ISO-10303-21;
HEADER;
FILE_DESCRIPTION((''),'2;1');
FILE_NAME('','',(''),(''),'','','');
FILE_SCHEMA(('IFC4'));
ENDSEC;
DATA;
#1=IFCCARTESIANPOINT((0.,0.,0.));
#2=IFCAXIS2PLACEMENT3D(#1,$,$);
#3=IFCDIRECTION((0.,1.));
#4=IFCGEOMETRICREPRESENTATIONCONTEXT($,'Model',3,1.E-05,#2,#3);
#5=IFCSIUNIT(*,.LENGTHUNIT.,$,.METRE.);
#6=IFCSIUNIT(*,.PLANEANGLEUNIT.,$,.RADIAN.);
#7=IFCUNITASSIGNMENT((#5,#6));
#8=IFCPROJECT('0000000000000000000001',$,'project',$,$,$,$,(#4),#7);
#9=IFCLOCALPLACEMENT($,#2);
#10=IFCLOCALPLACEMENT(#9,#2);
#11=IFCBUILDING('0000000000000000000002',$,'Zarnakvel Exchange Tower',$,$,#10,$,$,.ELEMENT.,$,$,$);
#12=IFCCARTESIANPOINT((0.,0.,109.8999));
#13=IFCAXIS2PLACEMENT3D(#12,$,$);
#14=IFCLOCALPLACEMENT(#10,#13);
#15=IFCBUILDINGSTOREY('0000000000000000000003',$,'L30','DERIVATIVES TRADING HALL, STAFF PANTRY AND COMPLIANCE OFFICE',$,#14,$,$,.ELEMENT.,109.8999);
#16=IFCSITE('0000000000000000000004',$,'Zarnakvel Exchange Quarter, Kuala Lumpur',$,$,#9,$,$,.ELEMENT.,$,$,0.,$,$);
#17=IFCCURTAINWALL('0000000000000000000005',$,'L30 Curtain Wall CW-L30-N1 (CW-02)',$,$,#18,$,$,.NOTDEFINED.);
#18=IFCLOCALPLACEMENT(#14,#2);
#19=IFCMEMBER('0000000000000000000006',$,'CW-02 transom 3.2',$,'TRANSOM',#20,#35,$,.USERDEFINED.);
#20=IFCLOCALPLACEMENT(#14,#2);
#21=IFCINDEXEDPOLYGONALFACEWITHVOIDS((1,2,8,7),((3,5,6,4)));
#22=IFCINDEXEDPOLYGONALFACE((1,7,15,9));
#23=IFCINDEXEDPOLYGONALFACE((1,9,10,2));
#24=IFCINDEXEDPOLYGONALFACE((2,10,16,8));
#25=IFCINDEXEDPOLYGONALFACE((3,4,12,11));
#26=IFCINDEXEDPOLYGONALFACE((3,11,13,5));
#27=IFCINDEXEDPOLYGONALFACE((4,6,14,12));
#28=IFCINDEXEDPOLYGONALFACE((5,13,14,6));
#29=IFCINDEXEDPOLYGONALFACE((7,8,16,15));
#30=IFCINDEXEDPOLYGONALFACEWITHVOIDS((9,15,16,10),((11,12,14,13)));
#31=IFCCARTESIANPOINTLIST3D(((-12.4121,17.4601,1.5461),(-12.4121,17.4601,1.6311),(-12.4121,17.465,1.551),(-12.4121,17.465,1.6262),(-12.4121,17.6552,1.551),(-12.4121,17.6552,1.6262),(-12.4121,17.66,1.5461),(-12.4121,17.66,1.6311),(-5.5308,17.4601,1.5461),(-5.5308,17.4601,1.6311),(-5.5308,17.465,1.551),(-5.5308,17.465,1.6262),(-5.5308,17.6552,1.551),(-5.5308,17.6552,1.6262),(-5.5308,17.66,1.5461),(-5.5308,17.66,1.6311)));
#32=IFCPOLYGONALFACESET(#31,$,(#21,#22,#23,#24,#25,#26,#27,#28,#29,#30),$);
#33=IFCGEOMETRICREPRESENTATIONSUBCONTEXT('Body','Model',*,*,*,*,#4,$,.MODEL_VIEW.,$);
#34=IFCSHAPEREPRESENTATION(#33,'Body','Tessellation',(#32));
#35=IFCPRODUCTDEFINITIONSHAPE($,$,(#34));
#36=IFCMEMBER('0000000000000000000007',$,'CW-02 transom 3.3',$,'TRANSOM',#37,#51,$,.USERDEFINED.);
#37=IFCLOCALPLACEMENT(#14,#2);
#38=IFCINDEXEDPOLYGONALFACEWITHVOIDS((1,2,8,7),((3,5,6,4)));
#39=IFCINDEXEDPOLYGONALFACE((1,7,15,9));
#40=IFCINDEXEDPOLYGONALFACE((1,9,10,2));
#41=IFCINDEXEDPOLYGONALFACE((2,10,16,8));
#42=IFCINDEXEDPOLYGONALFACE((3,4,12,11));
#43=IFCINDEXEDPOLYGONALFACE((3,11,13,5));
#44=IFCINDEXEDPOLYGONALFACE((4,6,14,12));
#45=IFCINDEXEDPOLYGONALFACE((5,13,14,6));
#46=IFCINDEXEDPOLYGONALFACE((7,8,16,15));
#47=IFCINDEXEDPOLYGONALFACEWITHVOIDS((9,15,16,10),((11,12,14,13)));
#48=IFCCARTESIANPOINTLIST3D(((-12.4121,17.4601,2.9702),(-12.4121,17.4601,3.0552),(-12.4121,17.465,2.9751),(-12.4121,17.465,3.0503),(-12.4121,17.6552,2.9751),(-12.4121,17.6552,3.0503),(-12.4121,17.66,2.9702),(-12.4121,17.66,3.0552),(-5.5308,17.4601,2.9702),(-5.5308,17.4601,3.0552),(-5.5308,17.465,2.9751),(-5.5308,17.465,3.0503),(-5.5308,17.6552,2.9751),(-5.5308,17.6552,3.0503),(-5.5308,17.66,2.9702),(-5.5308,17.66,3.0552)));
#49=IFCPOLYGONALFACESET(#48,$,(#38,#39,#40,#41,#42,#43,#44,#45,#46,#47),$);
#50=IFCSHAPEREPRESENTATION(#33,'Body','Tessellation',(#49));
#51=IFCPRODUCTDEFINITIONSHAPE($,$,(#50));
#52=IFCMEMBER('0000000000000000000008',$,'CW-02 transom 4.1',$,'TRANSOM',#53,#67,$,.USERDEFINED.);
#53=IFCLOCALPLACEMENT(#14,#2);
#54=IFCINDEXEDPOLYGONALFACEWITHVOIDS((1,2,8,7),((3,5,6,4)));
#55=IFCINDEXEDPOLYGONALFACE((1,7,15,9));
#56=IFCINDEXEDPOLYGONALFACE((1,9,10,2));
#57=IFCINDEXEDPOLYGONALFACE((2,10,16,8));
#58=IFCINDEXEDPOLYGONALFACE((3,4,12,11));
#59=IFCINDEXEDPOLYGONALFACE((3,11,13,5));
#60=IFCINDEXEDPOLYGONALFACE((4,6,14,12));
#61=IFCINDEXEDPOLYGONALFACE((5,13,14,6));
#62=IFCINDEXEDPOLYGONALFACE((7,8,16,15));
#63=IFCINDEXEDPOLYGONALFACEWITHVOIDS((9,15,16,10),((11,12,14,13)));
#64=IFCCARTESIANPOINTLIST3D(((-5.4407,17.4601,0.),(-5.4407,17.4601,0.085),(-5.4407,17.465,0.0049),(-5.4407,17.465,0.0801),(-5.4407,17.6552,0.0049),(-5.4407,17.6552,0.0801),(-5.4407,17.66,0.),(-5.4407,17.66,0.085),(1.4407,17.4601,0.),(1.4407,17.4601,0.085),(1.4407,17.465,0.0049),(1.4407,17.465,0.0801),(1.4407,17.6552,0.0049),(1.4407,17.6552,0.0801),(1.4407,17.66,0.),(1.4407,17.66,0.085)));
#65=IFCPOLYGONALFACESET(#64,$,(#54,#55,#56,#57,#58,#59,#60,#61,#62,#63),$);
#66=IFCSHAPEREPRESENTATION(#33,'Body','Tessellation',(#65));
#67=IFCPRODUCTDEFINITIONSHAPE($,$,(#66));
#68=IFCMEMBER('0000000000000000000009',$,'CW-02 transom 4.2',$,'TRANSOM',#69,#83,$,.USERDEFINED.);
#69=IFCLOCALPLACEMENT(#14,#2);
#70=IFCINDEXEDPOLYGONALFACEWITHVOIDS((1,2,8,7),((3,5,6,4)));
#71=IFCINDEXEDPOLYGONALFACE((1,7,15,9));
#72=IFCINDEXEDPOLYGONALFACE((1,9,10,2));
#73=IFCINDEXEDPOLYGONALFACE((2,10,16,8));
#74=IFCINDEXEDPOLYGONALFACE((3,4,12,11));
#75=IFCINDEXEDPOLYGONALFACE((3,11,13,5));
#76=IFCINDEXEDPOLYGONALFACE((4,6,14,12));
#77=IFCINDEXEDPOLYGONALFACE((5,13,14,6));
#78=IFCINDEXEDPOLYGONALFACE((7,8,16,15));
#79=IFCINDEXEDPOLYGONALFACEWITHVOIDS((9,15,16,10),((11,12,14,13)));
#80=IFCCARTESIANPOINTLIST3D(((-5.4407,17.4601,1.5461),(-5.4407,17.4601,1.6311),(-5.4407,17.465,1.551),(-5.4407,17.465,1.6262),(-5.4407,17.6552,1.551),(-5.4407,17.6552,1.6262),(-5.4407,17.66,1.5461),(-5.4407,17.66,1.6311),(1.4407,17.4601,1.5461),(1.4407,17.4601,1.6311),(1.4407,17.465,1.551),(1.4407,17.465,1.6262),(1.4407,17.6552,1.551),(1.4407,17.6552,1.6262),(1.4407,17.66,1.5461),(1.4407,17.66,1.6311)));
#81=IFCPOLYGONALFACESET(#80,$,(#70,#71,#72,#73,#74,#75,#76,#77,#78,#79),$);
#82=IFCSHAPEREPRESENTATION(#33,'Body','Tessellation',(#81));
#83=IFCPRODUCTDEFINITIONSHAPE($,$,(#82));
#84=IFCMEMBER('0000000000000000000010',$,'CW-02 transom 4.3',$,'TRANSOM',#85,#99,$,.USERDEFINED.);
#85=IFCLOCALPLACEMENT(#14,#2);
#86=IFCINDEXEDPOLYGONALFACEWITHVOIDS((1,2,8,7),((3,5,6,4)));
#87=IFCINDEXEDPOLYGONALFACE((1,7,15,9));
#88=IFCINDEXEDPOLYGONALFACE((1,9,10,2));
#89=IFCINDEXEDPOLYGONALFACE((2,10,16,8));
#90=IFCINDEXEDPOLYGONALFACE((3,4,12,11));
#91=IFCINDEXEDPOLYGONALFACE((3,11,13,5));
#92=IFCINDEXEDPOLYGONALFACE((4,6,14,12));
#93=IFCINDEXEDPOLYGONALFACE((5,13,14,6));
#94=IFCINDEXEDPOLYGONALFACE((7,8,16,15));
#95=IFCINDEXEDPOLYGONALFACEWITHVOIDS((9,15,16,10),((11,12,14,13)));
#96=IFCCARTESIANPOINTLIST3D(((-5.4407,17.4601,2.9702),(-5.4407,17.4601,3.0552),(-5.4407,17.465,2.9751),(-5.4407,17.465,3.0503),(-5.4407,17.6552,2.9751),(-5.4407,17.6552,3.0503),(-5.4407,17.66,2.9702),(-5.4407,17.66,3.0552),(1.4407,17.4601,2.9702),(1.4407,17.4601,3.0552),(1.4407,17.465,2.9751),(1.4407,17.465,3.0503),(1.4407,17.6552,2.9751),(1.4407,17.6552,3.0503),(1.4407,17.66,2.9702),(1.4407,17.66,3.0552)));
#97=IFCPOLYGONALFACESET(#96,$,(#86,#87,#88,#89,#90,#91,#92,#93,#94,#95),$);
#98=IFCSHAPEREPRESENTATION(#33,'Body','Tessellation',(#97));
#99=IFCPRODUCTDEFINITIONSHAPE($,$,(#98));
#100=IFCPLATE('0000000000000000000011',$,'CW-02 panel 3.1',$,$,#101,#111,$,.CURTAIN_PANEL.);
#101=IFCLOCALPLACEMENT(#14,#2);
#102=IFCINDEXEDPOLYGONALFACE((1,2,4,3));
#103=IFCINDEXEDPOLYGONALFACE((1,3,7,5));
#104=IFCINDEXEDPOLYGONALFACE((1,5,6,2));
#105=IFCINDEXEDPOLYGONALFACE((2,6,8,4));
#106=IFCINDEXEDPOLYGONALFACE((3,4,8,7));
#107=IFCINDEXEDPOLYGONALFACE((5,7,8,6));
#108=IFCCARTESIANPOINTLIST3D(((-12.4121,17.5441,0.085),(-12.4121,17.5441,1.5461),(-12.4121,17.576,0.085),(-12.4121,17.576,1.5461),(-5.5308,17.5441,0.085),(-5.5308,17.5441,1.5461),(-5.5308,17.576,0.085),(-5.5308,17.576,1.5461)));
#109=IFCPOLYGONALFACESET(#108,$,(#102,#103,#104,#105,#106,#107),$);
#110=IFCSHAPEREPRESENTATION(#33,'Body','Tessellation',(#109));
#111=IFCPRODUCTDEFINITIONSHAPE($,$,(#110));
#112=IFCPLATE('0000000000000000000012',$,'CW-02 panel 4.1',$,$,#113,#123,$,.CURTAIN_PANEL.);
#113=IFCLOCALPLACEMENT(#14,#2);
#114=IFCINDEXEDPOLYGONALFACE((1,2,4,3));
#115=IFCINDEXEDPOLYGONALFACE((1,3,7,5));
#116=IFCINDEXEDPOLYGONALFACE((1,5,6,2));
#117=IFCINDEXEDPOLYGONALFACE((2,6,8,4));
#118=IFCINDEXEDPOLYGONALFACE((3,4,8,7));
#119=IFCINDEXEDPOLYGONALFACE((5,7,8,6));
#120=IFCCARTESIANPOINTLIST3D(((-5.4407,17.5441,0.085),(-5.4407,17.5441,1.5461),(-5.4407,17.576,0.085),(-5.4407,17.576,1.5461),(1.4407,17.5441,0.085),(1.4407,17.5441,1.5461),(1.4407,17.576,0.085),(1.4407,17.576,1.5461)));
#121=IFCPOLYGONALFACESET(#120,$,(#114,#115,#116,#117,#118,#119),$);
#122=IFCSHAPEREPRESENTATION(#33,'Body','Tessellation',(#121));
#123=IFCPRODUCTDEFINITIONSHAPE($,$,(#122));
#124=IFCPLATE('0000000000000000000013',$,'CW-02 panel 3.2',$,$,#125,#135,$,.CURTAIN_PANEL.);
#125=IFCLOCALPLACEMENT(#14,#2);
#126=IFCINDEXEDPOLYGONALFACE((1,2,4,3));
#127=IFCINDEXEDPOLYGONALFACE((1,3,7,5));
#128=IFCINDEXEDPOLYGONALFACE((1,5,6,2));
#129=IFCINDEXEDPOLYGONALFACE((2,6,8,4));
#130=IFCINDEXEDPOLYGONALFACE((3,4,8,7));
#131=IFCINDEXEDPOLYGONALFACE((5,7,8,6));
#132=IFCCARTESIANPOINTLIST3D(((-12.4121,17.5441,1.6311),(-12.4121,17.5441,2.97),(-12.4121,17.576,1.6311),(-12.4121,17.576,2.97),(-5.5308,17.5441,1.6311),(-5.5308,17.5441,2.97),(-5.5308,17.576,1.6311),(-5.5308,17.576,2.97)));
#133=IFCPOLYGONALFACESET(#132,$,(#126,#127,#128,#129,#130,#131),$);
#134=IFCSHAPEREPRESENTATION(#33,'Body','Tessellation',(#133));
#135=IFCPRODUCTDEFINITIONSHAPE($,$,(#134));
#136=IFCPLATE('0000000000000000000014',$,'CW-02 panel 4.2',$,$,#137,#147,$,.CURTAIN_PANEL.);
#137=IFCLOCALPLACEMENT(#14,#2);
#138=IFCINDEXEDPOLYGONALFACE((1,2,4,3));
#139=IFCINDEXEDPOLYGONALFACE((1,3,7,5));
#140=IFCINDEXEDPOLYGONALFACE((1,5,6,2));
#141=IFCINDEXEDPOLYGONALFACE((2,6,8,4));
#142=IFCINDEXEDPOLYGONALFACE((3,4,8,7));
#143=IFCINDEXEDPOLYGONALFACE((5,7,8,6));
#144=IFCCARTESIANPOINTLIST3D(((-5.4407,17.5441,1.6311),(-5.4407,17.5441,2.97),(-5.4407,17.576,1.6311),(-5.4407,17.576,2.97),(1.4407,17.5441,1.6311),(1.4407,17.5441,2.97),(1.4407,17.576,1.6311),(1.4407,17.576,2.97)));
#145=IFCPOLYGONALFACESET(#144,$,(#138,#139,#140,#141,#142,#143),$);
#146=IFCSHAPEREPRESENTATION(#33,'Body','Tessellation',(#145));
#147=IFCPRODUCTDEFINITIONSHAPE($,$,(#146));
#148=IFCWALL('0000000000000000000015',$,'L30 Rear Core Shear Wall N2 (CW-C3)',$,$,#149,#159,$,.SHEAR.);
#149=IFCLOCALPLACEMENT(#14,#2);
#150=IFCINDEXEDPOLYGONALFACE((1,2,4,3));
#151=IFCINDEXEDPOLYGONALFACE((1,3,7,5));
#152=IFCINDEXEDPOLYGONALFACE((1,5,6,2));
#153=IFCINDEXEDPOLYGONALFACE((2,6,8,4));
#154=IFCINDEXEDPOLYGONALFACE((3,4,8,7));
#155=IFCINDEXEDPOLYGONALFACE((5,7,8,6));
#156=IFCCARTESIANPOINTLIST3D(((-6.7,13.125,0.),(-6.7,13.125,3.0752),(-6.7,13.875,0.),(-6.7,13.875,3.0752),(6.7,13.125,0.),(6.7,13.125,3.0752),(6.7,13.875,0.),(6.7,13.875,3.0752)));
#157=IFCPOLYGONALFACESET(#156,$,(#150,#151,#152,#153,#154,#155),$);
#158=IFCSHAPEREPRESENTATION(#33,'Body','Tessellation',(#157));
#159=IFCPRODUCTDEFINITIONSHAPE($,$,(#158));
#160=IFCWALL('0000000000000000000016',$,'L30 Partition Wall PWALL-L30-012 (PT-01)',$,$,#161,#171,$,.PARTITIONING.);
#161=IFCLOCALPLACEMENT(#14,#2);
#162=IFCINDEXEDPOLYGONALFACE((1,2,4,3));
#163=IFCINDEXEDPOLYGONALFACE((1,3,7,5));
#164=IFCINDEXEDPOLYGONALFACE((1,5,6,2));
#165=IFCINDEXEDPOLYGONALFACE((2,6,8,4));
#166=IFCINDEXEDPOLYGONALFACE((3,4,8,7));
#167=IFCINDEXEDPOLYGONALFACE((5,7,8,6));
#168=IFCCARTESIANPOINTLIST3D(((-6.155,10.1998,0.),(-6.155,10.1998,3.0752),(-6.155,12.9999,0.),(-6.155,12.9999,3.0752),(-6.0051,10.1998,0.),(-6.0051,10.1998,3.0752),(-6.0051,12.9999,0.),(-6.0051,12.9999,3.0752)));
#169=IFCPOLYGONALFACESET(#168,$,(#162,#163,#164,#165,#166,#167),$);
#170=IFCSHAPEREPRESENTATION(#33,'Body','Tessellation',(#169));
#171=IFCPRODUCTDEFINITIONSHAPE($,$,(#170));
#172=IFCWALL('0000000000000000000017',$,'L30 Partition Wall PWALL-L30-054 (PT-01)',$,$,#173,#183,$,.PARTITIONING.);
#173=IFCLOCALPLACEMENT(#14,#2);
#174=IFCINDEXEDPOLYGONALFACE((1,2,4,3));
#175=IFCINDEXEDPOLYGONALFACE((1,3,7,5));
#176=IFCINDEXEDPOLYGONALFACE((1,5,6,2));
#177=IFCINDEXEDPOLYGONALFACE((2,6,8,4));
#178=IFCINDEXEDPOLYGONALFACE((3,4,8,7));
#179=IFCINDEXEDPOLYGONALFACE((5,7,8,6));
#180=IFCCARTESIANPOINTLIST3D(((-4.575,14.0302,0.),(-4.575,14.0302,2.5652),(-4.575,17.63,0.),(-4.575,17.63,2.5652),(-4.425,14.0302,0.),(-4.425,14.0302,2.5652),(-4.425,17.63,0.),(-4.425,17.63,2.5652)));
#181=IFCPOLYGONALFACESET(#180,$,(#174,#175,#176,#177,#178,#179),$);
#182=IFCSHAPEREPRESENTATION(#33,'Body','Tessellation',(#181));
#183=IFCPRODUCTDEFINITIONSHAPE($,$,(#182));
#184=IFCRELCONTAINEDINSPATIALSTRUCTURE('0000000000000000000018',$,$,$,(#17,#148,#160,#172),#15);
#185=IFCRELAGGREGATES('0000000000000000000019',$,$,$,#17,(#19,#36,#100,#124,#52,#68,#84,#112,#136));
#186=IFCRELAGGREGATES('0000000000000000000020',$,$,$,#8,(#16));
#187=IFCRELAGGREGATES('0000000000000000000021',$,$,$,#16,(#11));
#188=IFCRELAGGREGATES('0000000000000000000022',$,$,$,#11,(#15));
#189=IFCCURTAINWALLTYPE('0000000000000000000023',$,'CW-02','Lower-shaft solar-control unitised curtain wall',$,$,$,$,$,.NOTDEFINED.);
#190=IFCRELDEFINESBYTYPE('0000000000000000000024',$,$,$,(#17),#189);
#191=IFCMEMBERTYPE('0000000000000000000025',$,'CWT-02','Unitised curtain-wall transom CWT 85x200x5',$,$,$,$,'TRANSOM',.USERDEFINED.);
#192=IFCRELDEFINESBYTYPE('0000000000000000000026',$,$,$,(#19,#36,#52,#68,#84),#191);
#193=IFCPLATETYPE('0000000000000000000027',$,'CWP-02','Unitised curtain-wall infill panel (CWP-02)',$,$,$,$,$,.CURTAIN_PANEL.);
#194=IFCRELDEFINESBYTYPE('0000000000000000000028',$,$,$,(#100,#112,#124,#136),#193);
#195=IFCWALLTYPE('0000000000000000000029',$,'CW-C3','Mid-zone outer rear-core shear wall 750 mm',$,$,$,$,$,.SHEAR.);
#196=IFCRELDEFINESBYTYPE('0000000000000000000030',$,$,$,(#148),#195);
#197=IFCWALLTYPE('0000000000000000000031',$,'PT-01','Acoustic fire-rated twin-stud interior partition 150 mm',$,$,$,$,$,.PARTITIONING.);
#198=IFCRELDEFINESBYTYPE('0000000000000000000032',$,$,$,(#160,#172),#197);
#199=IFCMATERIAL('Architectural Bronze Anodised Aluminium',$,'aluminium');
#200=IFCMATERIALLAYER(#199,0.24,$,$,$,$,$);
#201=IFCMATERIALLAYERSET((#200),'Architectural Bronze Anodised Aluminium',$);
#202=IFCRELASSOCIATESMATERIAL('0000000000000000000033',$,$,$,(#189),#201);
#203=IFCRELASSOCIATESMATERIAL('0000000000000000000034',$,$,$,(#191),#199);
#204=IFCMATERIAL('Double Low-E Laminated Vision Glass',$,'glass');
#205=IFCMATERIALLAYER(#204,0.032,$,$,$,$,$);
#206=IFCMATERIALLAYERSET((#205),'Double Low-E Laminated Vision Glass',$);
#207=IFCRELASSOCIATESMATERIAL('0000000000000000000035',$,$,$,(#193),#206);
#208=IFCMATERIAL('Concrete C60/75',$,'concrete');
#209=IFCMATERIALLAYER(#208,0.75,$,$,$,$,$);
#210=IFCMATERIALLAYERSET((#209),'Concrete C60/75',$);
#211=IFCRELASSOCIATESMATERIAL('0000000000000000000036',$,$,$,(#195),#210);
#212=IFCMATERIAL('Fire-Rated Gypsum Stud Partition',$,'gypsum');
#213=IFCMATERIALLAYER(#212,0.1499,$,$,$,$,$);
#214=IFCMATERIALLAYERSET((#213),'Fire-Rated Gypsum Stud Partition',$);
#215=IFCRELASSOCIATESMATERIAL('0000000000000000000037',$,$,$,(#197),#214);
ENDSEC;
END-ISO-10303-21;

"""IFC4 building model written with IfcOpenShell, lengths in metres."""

from ifc_helpers import new_model, si_unit, direction, frame, frame_2d, origin, origin_2d, place, context, subcontext, project, spatial, rectangle, hollow_rectangle, extrude, source, transform, mapped, material, layer, layer_set, material_profile, profile_set, type_object, element, aggregate, save


model = new_model("IFC4")

# Units and contexts
model_context = context("Model", 3, precision=1e-05, world=origin(), true_north=direction((0.0, 1.0)))
body_context = subcontext(model_context, "Body", "Model", "MODEL_VIEW")
ifc_project = project(units=[si_unit("LENGTHUNIT", "METRE"), si_unit("PLANEANGLEUNIT", "RADIAN")], contexts=[model_context])

# Site, building, storey
site_placement = place(None, origin())
site = spatial("IfcSite", under=ifc_project, at=site_placement, Name="Zarnakvel Exchange Quarter, Kuala Lumpur", CompositionType="ELEMENT", RefElevation=0.0)
building_placement = place(site_placement, origin())
building = spatial("IfcBuilding", under=site, at=building_placement, Name="Zarnakvel Exchange Tower", CompositionType="ELEMENT")
storey_placement = place(building_placement, frame((0.0, 0.0, 109.8999)))
storey = spatial("IfcBuildingStorey", under=building, at=storey_placement, Name="L30", Description="DERIVATIVES TRADING HALL, STAFF PANTRY AND COMPLIANCE OFFICE", CompositionType="ELEMENT", Elevation=109.8999)

# Shared definitions
ifc_material_1 = material(Name="Concrete C60/75", Category="concrete")

# Curtain wall, members, plates
ifc_material_2 = material(Name="Architectural Bronze Anodised Aluminium", Category="aluminium")
ifc_layer_1 = layer(ifc_material_2, 0.24)
ifc_layer_set_1 = layer_set([ifc_layer_1], Name="Architectural Bronze Anodised Aluminium")
curtain_wall_type = type_object("IfcCurtainWallType", Name="CW-02", Description="Lower-shaft solar-control unitised curtain wall", PredefinedType="NOTDEFINED", material=ifc_layer_set_1)
curtain_wall_placement = place(storey_placement, origin())
curtain_wall = element("IfcCurtainWall", 1, at=curtain_wall_placement, inside=storey, type_object=curtain_wall_type, Name="L30 Curtain Wall CW-L30-N1 (CW-02)", PredefinedType="NOTDEFINED")
ifc_material_profile_1 = material_profile(ifc_material_2, hollow_rectangle(XDim=0.2, YDim=0.085, WallThickness=0.0049, at=origin_2d()))
ifc_profile_set_1 = profile_set([ifc_material_profile_1], Name="Architectural Bronze Anodised Aluminium")
member_type_1 = type_object("IfcMemberType", Name="CWT-02", Description="Unitised curtain-wall transom CWT 85x200x5", ElementType="TRANSOM", PredefinedType="USERDEFINED", material=ifc_profile_set_1)
shared_shape_1 = source(origin(), body_context, "Body", "SweptSolid", [
    extrude(hollow_rectangle(XDim=0.2, YDim=0.085, WallThickness=0.0049, at=origin_2d()), origin(), (0.0, 0.0, 1.0), 6.8813),
])
member_1_placement = place(storey_placement, frame((-12.4121, 17.5601, 1.5886), z_axis=(1.0, 0.0, 0.0), x_axis=(0.0, 1.0, 0.0)))
member_1 = element("IfcMember", 2, at=member_1_placement, type_object=member_type_1, Name="CW-02 transom 3.2", ObjectType="TRANSOM", PredefinedType="USERDEFINED", context=body_context, shape_type="MappedRepresentation", body=[
    mapped(shared_shape_1, transform((0.0, 0.0, 0.0), x_axis=(1.0, 0.0, 0.0), y_axis=(0.0, 1.0, 0.0), z_axis=(0.0, 0.0, 1.0), scale=1.0)),
])
member_2_placement = place(storey_placement, frame((-12.4121, 17.5601, 3.0127), z_axis=(1.0, 0.0, 0.0), x_axis=(0.0, 1.0, 0.0)))
member_2 = element("IfcMember", 3, at=member_2_placement, type_object=member_type_1, Name="CW-02 transom 3.3", ObjectType="TRANSOM", PredefinedType="USERDEFINED", context=body_context, shape_type="MappedRepresentation", body=[
    mapped(shared_shape_1, transform((0.0, 0.0, 0.0), x_axis=(1.0, 0.0, 0.0), y_axis=(0.0, 1.0, 0.0), z_axis=(0.0, 0.0, 1.0), scale=1.0)),
])
member_3_placement = place(storey_placement, frame((-5.4407, 17.5601, 0.0425), z_axis=(1.0, 0.0, 0.0), x_axis=(0.0, 1.0, 0.0)))
member_3 = element("IfcMember", 4, at=member_3_placement, type_object=member_type_1, Name="CW-02 transom 4.1", ObjectType="TRANSOM", PredefinedType="USERDEFINED", context=body_context, shape_type="MappedRepresentation", body=[
    mapped(shared_shape_1, transform((0.0, 0.0, 0.0), x_axis=(1.0, 0.0, 0.0), y_axis=(0.0, 1.0, 0.0), z_axis=(0.0, 0.0, 1.0), scale=1.0)),
])
member_4_placement = place(storey_placement, frame((-5.4407, 17.5601, 1.5886), z_axis=(1.0, 0.0, 0.0), x_axis=(0.0, 1.0, 0.0)))
member_4 = element("IfcMember", 5, at=member_4_placement, type_object=member_type_1, Name="CW-02 transom 4.2", ObjectType="TRANSOM", PredefinedType="USERDEFINED", context=body_context, shape_type="MappedRepresentation", body=[
    mapped(shared_shape_1, transform((0.0, 0.0, 0.0), x_axis=(1.0, 0.0, 0.0), y_axis=(0.0, 1.0, 0.0), z_axis=(0.0, 0.0, 1.0), scale=1.0)),
])
member_5_placement = place(storey_placement, frame((-5.4407, 17.5601, 3.0127), z_axis=(1.0, 0.0, 0.0), x_axis=(0.0, 1.0, 0.0)))
member_5 = element("IfcMember", 6, at=member_5_placement, type_object=member_type_1, Name="CW-02 transom 4.3", ObjectType="TRANSOM", PredefinedType="USERDEFINED", context=body_context, shape_type="MappedRepresentation", body=[
    mapped(shared_shape_1, transform((0.0, 0.0, 0.0), x_axis=(1.0, 0.0, 0.0), y_axis=(0.0, 1.0, 0.0), z_axis=(0.0, 0.0, 1.0), scale=1.0)),
])
ifc_material_3 = material(Name="Double Low-E Laminated Vision Glass", Category="glass")
ifc_layer_2 = layer(ifc_material_3, 0.032)
ifc_layer_set_2 = layer_set([ifc_layer_2], Name="Double Low-E Laminated Vision Glass")
plate_type = type_object("IfcPlateType", Name="CWP-02", Description="Unitised curtain-wall infill panel (CWP-02)", PredefinedType="CURTAIN_PANEL", material=ifc_layer_set_2)
shared_shape_2 = source(origin(), body_context, "Body", "SweptSolid", [
    extrude(rectangle(XDim=6.8813, YDim=0.032, at=origin_2d()), origin(), (0.0, 0.0, 1.0), 1.4612),
])
plate_1_placement = place(storey_placement, frame((-8.9714, 17.5601, 0.085), z_axis=(0.0, 0.0, 1.0), x_axis=(1.0, 0.0, 0.0)))
plate_1 = element("IfcPlate", 7, at=plate_1_placement, type_object=plate_type, Name="CW-02 panel 3.1", PredefinedType="CURTAIN_PANEL", context=body_context, shape_type="MappedRepresentation", body=[
    mapped(shared_shape_2, transform((0.0, 0.0, 0.0), x_axis=(1.0, 0.0, 0.0), y_axis=(0.0, 1.0, 0.0), z_axis=(0.0, 0.0, 1.0), scale=1.0)),
])
plate_2_placement = place(storey_placement, frame((-2.0, 17.5601, 0.085), z_axis=(0.0, 0.0, 1.0), x_axis=(1.0, 0.0, 0.0)))
plate_2 = element("IfcPlate", 8, at=plate_2_placement, type_object=plate_type, Name="CW-02 panel 4.1", PredefinedType="CURTAIN_PANEL", context=body_context, shape_type="MappedRepresentation", body=[
    mapped(shared_shape_2, transform((0.0, 0.0, 0.0), x_axis=(1.0, 0.0, 0.0), y_axis=(0.0, 1.0, 0.0), z_axis=(0.0, 0.0, 1.0), scale=1.0)),
])
shared_shape_3 = source(origin(), body_context, "Body", "SweptSolid", [
    extrude(rectangle(XDim=6.8813, YDim=0.032, at=origin_2d()), origin(), (0.0, 0.0, 1.0), 1.3389),
])
plate_3_placement = place(storey_placement, frame((-8.9714, 17.5601, 1.6311), z_axis=(0.0, 0.0, 1.0), x_axis=(1.0, 0.0, 0.0)))
plate_3 = element("IfcPlate", 9, at=plate_3_placement, type_object=plate_type, Name="CW-02 panel 3.2", PredefinedType="CURTAIN_PANEL", context=body_context, shape_type="MappedRepresentation", body=[
    mapped(shared_shape_3, transform((0.0, 0.0, 0.0), x_axis=(1.0, 0.0, 0.0), y_axis=(0.0, 1.0, 0.0), z_axis=(0.0, 0.0, 1.0), scale=1.0)),
])
plate_4_placement = place(storey_placement, frame((-2.0, 17.5601, 1.6311), z_axis=(0.0, 0.0, 1.0), x_axis=(1.0, 0.0, 0.0)))
plate_4 = element("IfcPlate", 10, at=plate_4_placement, type_object=plate_type, Name="CW-02 panel 4.2", PredefinedType="CURTAIN_PANEL", context=body_context, shape_type="MappedRepresentation", body=[
    mapped(shared_shape_3, transform((0.0, 0.0, 0.0), x_axis=(1.0, 0.0, 0.0), y_axis=(0.0, 1.0, 0.0), z_axis=(0.0, 0.0, 1.0), scale=1.0)),
])
aggregate(curtain_wall, [member_1, member_2, plate_1, plate_3, member_3, member_4, member_5, plate_2, plate_4])

# Walls
ifc_layer_3 = layer(ifc_material_1, 0.75)
ifc_layer_set_3 = layer_set([ifc_layer_3], Name="Concrete C60/75")
wall_type_1 = type_object("IfcWallType", Name="CW-C3", Description="Mid-zone outer rear-core shear wall 750 mm", PredefinedType="SHEAR", material=ifc_layer_set_3)
wall_1_placement = place(storey_placement, frame((-6.7, 13.5, 0.0), z_axis=(0.0, 0.0, 1.0), x_axis=(1.0, 0.0, 0.0)))
element("IfcWall", 11, at=wall_1_placement, inside=storey, type_object=wall_type_1, Name="L30 Rear Core Shear Wall N2 (CW-C3)", PredefinedType="SHEAR", context=body_context, shape_type="SweptSolid", body=[
    extrude(rectangle(XDim=13.3999, YDim=0.75, at=frame_2d((6.7, 0.0))), origin(), (0.0, 0.0, 1.0), 3.0752),
])
ifc_material_4 = material(Name="Fire-Rated Gypsum Stud Partition", Category="gypsum")
ifc_layer_4 = layer(ifc_material_4, 0.1499)
ifc_layer_set_4 = layer_set([ifc_layer_4], Name="Fire-Rated Gypsum Stud Partition")
wall_type_2 = type_object("IfcWallType", Name="PT-01", Description="Acoustic fire-rated twin-stud interior partition 150 mm", PredefinedType="PARTITIONING", material=ifc_layer_set_4)
wall_2_placement = place(storey_placement, frame((-6.0801, 10.2, 0.0), z_axis=(0.0, 0.0, 1.0), x_axis=(0.0, 1.0, 0.0)))
element("IfcWall", 12, at=wall_2_placement, inside=storey, type_object=wall_type_2, Name="L30 Partition Wall PWALL-L30-012 (PT-01)", PredefinedType="PARTITIONING", context=body_context, shape_type="SweptSolid", body=[
    extrude(rectangle(XDim=2.8, YDim=0.1499, at=frame_2d((1.3999, 0.0))), origin(), (0.0, 0.0, 1.0), 3.0752),
])
wall_3_placement = place(storey_placement, frame((-4.5, 17.6299, 0.0), z_axis=(0.0, 0.0, 1.0), x_axis=(0.0, -1.0, 0.0)))
element("IfcWall", 13, at=wall_3_placement, inside=storey, type_object=wall_type_2, Name="L30 Partition Wall PWALL-L30-054 (PT-01)", PredefinedType="PARTITIONING", context=body_context, shape_type="SweptSolid", body=[
    extrude(rectangle(XDim=3.5999, YDim=0.1499, at=frame_2d((1.7998, 0.0))), origin(), (0.0, 0.0, 1.0), 2.5652),
])

save(model, "model.ifc")
